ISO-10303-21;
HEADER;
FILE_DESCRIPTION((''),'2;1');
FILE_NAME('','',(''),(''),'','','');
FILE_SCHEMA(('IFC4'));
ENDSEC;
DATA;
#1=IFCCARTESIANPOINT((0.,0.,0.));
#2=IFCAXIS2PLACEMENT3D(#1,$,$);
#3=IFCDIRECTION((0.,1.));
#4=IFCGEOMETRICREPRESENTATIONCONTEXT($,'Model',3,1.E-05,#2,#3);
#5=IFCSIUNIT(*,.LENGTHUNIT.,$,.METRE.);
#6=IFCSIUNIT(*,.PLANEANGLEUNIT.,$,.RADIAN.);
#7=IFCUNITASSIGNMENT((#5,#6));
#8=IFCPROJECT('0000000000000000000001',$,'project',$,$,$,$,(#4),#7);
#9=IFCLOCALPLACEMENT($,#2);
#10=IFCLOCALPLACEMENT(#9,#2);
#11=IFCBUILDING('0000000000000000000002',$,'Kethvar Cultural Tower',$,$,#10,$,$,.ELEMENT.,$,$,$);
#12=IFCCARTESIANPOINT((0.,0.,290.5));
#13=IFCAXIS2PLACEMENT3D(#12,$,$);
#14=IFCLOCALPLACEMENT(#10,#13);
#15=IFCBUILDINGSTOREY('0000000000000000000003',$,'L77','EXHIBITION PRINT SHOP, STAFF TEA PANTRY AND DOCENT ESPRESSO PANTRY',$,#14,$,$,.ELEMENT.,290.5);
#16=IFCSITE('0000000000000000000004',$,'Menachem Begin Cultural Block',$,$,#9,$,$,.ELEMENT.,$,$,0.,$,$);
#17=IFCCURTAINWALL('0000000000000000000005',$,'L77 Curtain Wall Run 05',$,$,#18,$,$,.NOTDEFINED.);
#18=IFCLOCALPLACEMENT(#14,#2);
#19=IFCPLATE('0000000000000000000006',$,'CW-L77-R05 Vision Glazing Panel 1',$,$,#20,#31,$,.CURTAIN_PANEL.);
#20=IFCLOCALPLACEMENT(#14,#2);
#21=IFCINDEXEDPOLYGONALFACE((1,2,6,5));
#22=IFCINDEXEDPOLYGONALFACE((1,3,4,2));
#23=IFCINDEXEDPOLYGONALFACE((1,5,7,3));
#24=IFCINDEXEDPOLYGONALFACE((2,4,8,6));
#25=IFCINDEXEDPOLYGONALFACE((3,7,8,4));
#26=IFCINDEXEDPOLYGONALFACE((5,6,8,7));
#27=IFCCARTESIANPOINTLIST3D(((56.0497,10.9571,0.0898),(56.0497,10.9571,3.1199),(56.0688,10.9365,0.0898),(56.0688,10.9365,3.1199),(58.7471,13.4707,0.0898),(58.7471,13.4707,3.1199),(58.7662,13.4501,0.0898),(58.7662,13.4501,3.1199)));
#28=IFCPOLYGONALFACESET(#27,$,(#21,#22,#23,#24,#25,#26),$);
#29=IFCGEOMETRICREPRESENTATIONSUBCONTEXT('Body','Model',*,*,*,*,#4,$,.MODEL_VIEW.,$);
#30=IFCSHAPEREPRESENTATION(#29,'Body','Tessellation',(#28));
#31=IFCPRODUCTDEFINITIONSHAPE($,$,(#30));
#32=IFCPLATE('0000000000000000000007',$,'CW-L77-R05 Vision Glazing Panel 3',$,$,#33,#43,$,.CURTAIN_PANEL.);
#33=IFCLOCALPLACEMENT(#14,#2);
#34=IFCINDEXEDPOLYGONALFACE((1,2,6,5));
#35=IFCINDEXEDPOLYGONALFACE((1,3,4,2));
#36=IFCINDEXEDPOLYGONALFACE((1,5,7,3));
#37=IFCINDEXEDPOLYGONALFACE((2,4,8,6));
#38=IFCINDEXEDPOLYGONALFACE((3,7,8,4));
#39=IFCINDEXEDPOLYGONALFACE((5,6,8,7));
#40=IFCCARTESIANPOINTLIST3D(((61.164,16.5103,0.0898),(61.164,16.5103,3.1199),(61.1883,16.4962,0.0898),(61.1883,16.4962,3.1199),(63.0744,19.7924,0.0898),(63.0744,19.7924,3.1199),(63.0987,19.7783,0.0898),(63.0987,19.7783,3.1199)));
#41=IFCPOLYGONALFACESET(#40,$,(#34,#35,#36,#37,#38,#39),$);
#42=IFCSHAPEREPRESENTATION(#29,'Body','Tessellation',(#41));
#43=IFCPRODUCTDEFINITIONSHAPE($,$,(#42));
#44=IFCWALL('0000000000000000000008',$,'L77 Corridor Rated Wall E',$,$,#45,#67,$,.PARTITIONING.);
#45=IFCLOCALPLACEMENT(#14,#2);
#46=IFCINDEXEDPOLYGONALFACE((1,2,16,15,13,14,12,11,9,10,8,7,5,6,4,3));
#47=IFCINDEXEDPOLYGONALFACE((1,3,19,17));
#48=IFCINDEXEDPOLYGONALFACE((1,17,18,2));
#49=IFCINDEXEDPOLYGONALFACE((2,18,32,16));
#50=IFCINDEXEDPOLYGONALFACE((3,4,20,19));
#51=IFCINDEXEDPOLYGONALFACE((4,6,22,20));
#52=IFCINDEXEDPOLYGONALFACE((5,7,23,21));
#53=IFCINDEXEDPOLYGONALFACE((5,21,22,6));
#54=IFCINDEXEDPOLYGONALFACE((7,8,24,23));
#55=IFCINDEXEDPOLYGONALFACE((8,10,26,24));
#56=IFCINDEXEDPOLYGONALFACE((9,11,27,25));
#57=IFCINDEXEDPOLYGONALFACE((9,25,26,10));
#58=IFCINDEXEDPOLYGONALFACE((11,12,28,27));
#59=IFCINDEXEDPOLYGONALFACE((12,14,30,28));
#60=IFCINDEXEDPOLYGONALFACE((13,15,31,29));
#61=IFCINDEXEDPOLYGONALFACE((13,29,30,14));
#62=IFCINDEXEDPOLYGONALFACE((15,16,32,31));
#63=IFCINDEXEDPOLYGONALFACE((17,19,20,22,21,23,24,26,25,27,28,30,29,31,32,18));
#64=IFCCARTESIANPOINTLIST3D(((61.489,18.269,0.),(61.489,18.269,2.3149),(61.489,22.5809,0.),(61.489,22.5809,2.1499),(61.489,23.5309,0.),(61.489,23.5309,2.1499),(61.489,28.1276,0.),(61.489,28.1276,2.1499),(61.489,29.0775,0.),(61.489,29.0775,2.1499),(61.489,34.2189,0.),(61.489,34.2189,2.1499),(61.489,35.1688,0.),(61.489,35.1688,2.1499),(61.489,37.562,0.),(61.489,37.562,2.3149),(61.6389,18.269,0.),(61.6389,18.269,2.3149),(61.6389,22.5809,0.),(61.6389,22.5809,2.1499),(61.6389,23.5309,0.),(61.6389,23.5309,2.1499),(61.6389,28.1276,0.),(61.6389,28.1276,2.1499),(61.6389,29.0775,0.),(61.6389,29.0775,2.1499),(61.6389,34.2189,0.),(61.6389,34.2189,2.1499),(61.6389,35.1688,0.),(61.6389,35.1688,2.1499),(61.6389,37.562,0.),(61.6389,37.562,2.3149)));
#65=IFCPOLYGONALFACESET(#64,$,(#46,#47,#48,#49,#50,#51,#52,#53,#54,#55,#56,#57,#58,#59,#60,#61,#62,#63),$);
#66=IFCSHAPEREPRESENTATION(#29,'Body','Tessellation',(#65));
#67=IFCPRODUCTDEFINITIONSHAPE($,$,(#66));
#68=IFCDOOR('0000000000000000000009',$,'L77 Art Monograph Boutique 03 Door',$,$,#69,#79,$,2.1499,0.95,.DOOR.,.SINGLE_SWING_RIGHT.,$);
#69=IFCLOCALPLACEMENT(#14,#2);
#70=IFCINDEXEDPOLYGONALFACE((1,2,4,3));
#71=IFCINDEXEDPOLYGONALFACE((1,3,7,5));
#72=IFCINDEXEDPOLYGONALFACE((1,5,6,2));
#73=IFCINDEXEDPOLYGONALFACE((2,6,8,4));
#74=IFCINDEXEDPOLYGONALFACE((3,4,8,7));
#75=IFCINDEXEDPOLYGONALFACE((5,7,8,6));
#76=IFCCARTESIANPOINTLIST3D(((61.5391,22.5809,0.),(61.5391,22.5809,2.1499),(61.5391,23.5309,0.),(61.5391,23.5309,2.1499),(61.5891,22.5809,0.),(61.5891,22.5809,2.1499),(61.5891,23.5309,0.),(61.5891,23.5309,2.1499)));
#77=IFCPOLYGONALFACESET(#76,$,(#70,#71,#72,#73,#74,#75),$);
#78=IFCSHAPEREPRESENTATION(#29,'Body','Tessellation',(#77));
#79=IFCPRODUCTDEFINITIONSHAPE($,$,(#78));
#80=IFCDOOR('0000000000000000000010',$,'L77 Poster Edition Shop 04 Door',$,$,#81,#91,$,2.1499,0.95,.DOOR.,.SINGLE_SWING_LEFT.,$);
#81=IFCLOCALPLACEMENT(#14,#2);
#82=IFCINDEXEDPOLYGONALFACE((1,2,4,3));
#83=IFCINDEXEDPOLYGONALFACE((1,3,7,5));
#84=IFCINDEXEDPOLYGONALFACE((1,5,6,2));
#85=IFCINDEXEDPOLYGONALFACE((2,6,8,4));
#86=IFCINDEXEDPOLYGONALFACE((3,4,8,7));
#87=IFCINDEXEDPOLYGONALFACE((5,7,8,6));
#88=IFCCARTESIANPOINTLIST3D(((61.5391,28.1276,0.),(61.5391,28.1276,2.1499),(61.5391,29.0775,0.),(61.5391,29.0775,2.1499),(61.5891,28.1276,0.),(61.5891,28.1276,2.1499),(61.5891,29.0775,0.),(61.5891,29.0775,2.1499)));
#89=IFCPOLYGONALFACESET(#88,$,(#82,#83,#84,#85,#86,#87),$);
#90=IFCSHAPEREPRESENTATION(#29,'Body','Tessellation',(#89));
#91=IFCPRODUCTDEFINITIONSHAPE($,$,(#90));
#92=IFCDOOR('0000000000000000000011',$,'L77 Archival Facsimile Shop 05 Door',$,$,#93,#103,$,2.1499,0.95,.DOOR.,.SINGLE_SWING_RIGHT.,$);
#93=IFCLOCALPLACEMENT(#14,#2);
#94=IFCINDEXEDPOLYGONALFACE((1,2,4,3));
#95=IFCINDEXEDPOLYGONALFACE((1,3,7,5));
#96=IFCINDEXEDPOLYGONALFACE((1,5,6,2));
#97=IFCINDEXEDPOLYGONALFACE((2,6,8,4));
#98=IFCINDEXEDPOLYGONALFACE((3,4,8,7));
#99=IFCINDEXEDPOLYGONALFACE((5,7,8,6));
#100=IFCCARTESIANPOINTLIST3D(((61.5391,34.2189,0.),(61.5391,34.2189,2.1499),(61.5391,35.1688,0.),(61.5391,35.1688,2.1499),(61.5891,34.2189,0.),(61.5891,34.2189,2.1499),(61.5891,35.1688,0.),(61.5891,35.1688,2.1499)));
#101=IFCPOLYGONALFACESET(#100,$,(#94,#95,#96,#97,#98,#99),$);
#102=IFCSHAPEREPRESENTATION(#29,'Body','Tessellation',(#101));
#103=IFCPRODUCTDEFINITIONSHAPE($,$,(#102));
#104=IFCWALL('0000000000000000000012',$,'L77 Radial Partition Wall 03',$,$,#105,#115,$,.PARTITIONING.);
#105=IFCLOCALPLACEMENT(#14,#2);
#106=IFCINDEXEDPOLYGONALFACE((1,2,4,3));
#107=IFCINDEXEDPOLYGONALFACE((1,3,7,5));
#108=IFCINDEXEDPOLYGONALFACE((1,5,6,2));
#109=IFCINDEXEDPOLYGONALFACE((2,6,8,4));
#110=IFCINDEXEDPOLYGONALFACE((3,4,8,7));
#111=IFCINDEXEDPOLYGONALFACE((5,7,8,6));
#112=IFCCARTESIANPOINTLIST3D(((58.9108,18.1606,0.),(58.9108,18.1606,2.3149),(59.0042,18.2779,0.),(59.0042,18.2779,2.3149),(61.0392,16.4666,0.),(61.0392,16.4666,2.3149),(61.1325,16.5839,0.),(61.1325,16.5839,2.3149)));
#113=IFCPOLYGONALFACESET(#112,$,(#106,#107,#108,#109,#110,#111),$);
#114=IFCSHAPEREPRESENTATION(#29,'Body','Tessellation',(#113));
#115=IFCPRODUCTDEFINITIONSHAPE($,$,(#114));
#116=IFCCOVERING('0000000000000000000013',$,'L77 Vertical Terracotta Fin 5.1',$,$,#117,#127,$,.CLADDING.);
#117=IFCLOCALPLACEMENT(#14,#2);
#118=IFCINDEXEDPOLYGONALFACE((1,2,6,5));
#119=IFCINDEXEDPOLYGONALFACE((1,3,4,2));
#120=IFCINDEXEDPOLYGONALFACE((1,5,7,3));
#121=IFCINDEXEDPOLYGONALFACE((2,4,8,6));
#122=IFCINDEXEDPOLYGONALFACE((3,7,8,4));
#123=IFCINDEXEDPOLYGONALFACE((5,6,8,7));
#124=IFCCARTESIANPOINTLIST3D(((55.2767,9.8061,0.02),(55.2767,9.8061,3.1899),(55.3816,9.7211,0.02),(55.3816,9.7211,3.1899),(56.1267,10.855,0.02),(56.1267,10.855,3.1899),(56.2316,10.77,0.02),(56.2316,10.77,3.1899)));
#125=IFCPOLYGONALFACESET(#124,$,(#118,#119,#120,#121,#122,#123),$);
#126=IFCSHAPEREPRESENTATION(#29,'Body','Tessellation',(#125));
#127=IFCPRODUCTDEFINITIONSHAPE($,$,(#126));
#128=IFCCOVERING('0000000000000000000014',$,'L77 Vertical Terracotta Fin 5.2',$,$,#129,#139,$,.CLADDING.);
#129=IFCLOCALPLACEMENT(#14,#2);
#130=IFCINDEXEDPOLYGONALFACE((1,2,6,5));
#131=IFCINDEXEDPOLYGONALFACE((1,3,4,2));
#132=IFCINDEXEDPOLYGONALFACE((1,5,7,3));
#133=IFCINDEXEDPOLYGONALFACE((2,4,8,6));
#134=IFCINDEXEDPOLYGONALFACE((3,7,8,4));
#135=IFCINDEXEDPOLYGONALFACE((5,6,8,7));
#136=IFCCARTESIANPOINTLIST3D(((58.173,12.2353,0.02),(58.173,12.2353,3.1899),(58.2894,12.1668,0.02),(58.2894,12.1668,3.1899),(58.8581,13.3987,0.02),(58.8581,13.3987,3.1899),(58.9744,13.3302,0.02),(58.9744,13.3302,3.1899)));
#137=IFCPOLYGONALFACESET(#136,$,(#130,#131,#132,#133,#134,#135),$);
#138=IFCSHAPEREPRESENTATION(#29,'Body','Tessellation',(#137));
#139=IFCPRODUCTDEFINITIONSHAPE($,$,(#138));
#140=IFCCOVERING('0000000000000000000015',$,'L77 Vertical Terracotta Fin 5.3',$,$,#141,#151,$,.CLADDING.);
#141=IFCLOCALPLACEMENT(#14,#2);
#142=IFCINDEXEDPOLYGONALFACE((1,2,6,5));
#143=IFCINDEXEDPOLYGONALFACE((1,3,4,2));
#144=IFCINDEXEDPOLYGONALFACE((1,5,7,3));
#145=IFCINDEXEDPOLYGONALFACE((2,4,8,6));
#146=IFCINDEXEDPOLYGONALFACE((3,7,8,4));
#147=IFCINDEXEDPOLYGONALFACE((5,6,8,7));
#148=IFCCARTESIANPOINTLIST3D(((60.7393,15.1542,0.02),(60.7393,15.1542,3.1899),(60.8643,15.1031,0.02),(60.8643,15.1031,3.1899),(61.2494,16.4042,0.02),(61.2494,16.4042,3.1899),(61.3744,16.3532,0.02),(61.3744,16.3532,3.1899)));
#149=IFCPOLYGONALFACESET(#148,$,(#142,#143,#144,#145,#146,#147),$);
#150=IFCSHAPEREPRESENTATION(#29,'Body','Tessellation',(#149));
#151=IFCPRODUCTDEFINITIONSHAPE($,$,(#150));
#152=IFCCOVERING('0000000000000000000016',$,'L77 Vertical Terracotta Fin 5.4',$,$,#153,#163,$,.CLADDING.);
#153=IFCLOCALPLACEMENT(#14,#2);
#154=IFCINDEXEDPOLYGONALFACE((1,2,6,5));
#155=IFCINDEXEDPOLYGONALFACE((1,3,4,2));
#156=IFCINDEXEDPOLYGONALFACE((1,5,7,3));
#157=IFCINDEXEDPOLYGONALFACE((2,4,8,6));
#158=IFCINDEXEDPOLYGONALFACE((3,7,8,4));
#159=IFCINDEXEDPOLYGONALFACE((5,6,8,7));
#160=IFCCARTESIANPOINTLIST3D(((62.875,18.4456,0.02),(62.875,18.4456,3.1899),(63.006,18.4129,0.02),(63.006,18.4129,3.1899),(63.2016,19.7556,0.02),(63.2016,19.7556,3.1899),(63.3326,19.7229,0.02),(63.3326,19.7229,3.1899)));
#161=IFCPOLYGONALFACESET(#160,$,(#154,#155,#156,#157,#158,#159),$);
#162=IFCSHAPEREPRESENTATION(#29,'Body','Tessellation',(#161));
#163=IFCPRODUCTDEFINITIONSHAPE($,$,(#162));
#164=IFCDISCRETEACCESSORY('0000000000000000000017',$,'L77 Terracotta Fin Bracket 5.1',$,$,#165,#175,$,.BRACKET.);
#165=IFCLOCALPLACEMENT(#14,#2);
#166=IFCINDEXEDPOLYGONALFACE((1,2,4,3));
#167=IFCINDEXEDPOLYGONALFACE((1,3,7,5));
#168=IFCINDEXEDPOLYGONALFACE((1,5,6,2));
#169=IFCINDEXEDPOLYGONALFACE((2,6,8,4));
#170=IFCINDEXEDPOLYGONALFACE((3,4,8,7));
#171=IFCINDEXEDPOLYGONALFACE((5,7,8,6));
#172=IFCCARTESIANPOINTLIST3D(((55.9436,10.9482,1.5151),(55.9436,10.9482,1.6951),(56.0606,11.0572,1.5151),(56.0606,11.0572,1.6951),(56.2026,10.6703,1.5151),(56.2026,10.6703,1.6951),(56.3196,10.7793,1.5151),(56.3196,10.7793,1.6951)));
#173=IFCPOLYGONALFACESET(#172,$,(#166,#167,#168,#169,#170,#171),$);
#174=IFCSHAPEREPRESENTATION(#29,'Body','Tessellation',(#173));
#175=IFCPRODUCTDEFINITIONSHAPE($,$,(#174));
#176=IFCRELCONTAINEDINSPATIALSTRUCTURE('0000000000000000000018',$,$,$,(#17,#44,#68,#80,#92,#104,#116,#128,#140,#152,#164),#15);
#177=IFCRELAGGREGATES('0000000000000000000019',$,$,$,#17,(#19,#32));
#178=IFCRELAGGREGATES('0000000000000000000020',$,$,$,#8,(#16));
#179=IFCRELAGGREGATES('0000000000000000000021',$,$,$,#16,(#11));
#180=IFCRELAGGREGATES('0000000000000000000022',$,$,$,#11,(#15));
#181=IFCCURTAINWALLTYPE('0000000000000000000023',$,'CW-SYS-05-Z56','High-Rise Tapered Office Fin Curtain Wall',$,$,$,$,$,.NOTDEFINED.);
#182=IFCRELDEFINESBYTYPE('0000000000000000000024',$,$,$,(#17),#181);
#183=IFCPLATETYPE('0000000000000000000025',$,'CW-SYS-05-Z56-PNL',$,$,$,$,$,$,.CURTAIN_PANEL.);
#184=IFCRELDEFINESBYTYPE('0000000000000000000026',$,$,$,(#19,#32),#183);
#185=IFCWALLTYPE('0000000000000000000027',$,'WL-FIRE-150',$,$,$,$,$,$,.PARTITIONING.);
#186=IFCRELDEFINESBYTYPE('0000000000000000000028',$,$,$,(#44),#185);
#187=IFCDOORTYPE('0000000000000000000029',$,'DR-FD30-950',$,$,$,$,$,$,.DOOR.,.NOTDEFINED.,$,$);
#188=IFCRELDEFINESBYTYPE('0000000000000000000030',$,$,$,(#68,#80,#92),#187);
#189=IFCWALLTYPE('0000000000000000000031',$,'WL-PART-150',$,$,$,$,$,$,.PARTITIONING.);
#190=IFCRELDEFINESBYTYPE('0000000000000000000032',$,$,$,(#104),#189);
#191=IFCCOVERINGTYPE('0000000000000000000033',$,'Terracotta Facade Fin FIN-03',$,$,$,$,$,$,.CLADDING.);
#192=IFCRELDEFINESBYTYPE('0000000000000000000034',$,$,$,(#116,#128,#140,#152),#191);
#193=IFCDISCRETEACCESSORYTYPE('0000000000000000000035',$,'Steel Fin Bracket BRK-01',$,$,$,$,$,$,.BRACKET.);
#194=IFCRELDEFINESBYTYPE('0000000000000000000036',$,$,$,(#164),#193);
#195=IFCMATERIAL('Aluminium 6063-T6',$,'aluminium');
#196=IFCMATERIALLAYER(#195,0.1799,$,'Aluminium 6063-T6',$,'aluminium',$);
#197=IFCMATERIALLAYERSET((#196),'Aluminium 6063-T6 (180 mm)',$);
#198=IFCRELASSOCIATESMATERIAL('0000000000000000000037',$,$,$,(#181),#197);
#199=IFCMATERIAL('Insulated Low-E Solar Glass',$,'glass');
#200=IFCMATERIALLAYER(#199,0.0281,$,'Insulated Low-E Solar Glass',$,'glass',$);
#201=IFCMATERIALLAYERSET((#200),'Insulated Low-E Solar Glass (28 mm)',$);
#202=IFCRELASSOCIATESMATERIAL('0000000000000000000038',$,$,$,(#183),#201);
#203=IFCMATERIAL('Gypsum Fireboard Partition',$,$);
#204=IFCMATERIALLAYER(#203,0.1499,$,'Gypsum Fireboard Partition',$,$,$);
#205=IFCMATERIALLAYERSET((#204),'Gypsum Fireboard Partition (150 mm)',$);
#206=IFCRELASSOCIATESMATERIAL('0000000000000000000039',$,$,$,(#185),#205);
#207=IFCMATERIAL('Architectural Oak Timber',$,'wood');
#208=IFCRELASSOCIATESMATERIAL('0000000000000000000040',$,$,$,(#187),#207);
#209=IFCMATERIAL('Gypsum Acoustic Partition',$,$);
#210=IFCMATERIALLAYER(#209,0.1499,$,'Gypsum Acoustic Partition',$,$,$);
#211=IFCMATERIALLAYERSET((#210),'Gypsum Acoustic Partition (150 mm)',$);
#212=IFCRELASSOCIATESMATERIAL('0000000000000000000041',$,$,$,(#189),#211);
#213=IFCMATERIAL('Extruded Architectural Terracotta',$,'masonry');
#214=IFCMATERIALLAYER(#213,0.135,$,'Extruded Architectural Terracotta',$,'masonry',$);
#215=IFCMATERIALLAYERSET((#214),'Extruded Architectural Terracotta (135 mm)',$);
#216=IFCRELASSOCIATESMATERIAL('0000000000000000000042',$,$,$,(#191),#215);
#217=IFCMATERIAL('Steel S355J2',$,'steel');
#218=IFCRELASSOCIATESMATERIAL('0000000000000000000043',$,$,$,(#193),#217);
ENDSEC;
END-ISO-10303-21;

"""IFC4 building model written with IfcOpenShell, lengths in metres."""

from ifc_helpers import new_model, si_unit, direction, frame, frame_2d, origin, origin_2d, place, context, subcontext, project, spatial, rectangle, extrude, source, transform, mapped, material, layer, layer_set, type_object, element, fill, aggregate, save


model = new_model("IFC4")

# Units and contexts
model_context = context("Model", 3, precision=1e-05, world=origin(), true_north=direction((0.0, 1.0)))
body_context = subcontext(model_context, "Body", "Model", "MODEL_VIEW")
ifc_project = project(units=[si_unit("LENGTHUNIT", "METRE"), si_unit("PLANEANGLEUNIT", "RADIAN")], contexts=[model_context])

# Site, building, storey
site_placement = place(None, origin())
site = spatial("IfcSite", under=ifc_project, at=site_placement, Name="Menachem Begin Cultural Block", CompositionType="ELEMENT", RefElevation=0.0)
building_placement = place(site_placement, origin())
building = spatial("IfcBuilding", under=site, at=building_placement, Name="Kethvar Cultural Tower", CompositionType="ELEMENT")
storey_placement = place(building_placement, frame((0.0, 0.0, 290.5)))
storey = spatial("IfcBuildingStorey", under=building, at=storey_placement, Name="L77", Description="EXHIBITION PRINT SHOP, STAFF TEA PANTRY AND DOCENT ESPRESSO PANTRY", CompositionType="ELEMENT", Elevation=290.5)

# Shared definitions
ifc_material_1 = material(Name="Steel S355J2", Category="steel")

# Shared definitions
ifc_material_2 = material(Name="Aluminium 6063-T6", Category="aluminium")
ifc_layer_1 = layer(ifc_material_2, 0.1799, Name="Aluminium 6063-T6", Category="aluminium")
ifc_layer_set_1 = layer_set([ifc_layer_1], Name="Aluminium 6063-T6 (180 mm)")
curtain_wall_type = type_object("IfcCurtainWallType", Name="CW-SYS-05-Z56", Description="High-Rise Tapered Office Fin Curtain Wall", PredefinedType="NOTDEFINED", material=ifc_layer_set_1)

# Curtain wall, plates
curtain_wall_1_placement = place(storey_placement, origin())
curtain_wall_1 = element("IfcCurtainWall", 1, at=curtain_wall_1_placement, inside=storey, type_object=curtain_wall_type, Name="L77 Curtain Wall Run 05", PredefinedType="NOTDEFINED")
ifc_material_3 = material(Name="Insulated Low-E Solar Glass", Category="glass")
ifc_layer_2 = layer(ifc_material_3, 0.0281, Name="Insulated Low-E Solar Glass", Category="glass")
ifc_layer_set_2 = layer_set([ifc_layer_2], Name="Insulated Low-E Solar Glass (28 mm)")
plate_type = type_object("IfcPlateType", Name="CW-SYS-05-Z56-PNL", PredefinedType="CURTAIN_PANEL", material=ifc_layer_set_2)
shared_shape_1 = source(origin(), body_context, "Body", "SweptSolid", [
    extrude(rectangle(XDim=3.687, YDim=0.0281, at=origin_2d()), origin(), (0.0, 0.0, 1.0), 3.03),
])
plate_1_placement = place(storey_placement, frame((57.408, 12.2036, 0.0898), z_axis=(0.0, 0.0, 1.0), x_axis=(0.731592, 0.681743, 0.0)))
plate_1 = element("IfcPlate", 2, at=plate_1_placement, type_object=plate_type, Name="CW-L77-R05 Vision Glazing Panel 1", PredefinedType="CURTAIN_PANEL", context=body_context, shape_type="MappedRepresentation", body=[
    mapped(shared_shape_1, transform((0.0, 0.0, 0.0), scale=1.0)),
])
shared_shape_2 = source(origin(), body_context, "Body", "SweptSolid", [
    extrude(rectangle(XDim=3.7976, YDim=0.0281, at=origin_2d()), origin(), (0.0, 0.0, 1.0), 3.03),
])
plate_2_placement = place(storey_placement, frame((62.1313, 18.1443, 0.0898), z_axis=(0.0, 0.0, 1.0), x_axis=(0.503065, 0.864248, 0.0)))
plate_2 = element("IfcPlate", 3, at=plate_2_placement, type_object=plate_type, Name="CW-L77-R05 Vision Glazing Panel 3", PredefinedType="CURTAIN_PANEL", context=body_context, shape_type="MappedRepresentation", body=[
    mapped(shared_shape_2, transform((0.0, 0.0, 0.0), scale=1.0)),
])
aggregate(curtain_wall_1, [plate_1, plate_2])

# Wall, openings, doors
ifc_material_4 = material(Name="Gypsum Fireboard Partition")
ifc_layer_3 = layer(ifc_material_4, 0.1499, Name="Gypsum Fireboard Partition")
ifc_layer_set_3 = layer_set([ifc_layer_3], Name="Gypsum Fireboard Partition (150 mm)")
wall_type_1 = type_object("IfcWallType", Name="WL-FIRE-150", PredefinedType="PARTITIONING", material=ifc_layer_set_3)
wall_1_placement = place(storey_placement, frame((61.564, 18.269, 0.0), z_axis=(0.0, 0.0, 1.0), x_axis=(0.0, 1.0, 0.0)))
wall_1 = element("IfcWall", 4, at=wall_1_placement, inside=storey, type_object=wall_type_1, Name="L77 Corridor Rated Wall E", PredefinedType="PARTITIONING", context=body_context, shape_type="SweptSolid", body=[
    extrude(rectangle(XDim=19.293, YDim=0.1499, at=frame_2d((9.6465, 0.0))), origin(), (0.0, 0.0, 1.0), 2.3149),
])
opening_1_placement = place(wall_1_placement, frame((4.3118, 0.0, 0.0)))
opening_1 = element("IfcOpeningElement", 5, at=opening_1_placement, cuts=wall_1, PredefinedType="OPENING", context=body_context, shape_type="SweptSolid", body=[
    extrude(rectangle(XDim=0.95, YDim=2.1499, at=frame_2d((0.4751, 1.075))), frame((0.0, 0.085, 0.0), z_axis=(0.0, -1.0, 0.0), x_axis=(1.0, 0.0, 0.0)), (0.0, 0.0, 1.0), 0.1699),
])
opening_2_placement = place(wall_1_placement, frame((9.8584, 0.0, 0.0)))
opening_2 = element("IfcOpeningElement", 6, at=opening_2_placement, cuts=wall_1, PredefinedType="OPENING", context=body_context, shape_type="SweptSolid", body=[
    extrude(rectangle(XDim=0.95, YDim=2.1499, at=frame_2d((0.4751, 1.075))), frame((0.0, 0.085, 0.0), z_axis=(0.0, -1.0, 0.0), x_axis=(1.0, 0.0, 0.0)), (0.0, 0.0, 1.0), 0.1699),
])
opening_3_placement = place(wall_1_placement, frame((15.9497, 0.0, 0.0)))
opening_3 = element("IfcOpeningElement", 7, at=opening_3_placement, cuts=wall_1, PredefinedType="OPENING", context=body_context, shape_type="SweptSolid", body=[
    extrude(rectangle(XDim=0.95, YDim=2.1499, at=frame_2d((0.4751, 1.075))), frame((0.0, 0.085, 0.0), z_axis=(0.0, -1.0, 0.0), x_axis=(1.0, 0.0, 0.0)), (0.0, 0.0, 1.0), 0.1699),
])
ifc_material_5 = material(Name="Architectural Oak Timber", Category="wood")
door_type = type_object("IfcDoorType", Name="DR-FD30-950", OperationType="NOTDEFINED", PredefinedType="DOOR", material=ifc_material_5)
shared_shape_3 = source(origin(), body_context, "Body", "SweptSolid", [
    extrude(rectangle(XDim=0.95, YDim=2.1499, at=frame_2d((0.4751, 1.075))), frame((0.0, 0.0249, 0.0), z_axis=(0.0, -1.0, 0.0), x_axis=(1.0, 0.0, 0.0)), (0.0, 0.0, 1.0), 0.05),
])
door_1_placement = place(opening_1_placement, origin())
door_1 = element("IfcDoor", 8, at=door_1_placement, inside=storey, type_object=door_type, Name="L77 Art Monograph Boutique 03 Door", OperationType="SINGLE_SWING_RIGHT", OverallHeight=2.1499, OverallWidth=0.95, PredefinedType="DOOR", context=body_context, shape_type="MappedRepresentation", body=[
    mapped(shared_shape_3, transform((0.0, 0.0, 0.0), scale=1.0)),
])
fill(opening_1, door_1)
door_2_placement = place(opening_2_placement, origin())
door_2 = element("IfcDoor", 9, at=door_2_placement, inside=storey, type_object=door_type, Name="L77 Poster Edition Shop 04 Door", OperationType="SINGLE_SWING_LEFT", OverallHeight=2.1499, OverallWidth=0.95, PredefinedType="DOOR", context=body_context, shape_type="MappedRepresentation", body=[
    mapped(shared_shape_3, transform((0.0, 0.0, 0.0), scale=1.0)),
])
fill(opening_2, door_2)
door_3_placement = place(opening_3_placement, origin())
door_3 = element("IfcDoor", 10, at=door_3_placement, inside=storey, type_object=door_type, Name="L77 Archival Facsimile Shop 05 Door", OperationType="SINGLE_SWING_RIGHT", OverallHeight=2.1499, OverallWidth=0.95, PredefinedType="DOOR", context=body_context, shape_type="MappedRepresentation", body=[
    mapped(shared_shape_3, transform((0.0, 0.0, 0.0), scale=1.0)),
])
fill(opening_3, door_3)

# Wall
ifc_material_6 = material(Name="Gypsum Acoustic Partition")
ifc_layer_4 = layer(ifc_material_6, 0.1499, Name="Gypsum Acoustic Partition")
ifc_layer_set_4 = layer_set([ifc_layer_4], Name="Gypsum Acoustic Partition (150 mm)")
wall_type_2 = type_object("IfcWallType", Name="WL-PART-150", PredefinedType="PARTITIONING", material=ifc_layer_set_4)
wall_2_placement = place(storey_placement, frame((58.9575, 18.2192, 0.0), z_axis=(0.0, 0.0, 1.0), x_axis=(0.782416, -0.622756, 0.0)))
element("IfcWall", 11, at=wall_2_placement, inside=storey, type_object=wall_type_2, Name="L77 Radial Partition Wall 03", PredefinedType="PARTITIONING", context=body_context, shape_type="SweptSolid", body=[
    extrude(rectangle(XDim=2.7202, YDim=0.1499, at=frame_2d((1.3601, 0.0))), origin(), (0.0, 0.0, 1.0), 2.3149),
])

# Coverings
ifc_material_7 = material(Name="Extruded Architectural Terracotta", Category="masonry")
ifc_layer_5 = layer(ifc_material_7, 0.135, Name="Extruded Architectural Terracotta", Category="masonry")
ifc_layer_set_5 = layer_set([ifc_layer_5], Name="Extruded Architectural Terracotta (135 mm)")
covering_type = type_object("IfcCoveringType", Name="Terracotta Facade Fin FIN-03", PredefinedType="CLADDING", material=ifc_layer_set_5)
shared_shape_4 = source(origin(), body_context, "Body", "SweptSolid", [
    extrude(rectangle(XDim=1.3501, YDim=0.135, at=origin_2d()), origin(), (0.0, 0.0, 1.0), 3.1699),
])
for number, where, z_axis, x_axis, name in (
    (12, (55.7542, 10.2881, 0.02), (0.0, 0.0, 1.0), (-0.629592, -0.776926, 0.0), "L77 Vertical Terracotta Fin 5.1"),
    (13, (58.5737, 12.7827, 0.02), (0.0, 0.0, 1.0), (-0.507388, -0.861718, 0.0), "L77 Vertical Terracotta Fin 5.2"),
    (14, (61.0569, 15.7537, 0.02), (0.0, 0.0, 1.0), (-0.377841, -0.925871, 0.0), "L77 Vertical Terracotta Fin 5.3"),
    (15, (63.1038, 19.0842, 0.02), (0.0, 0.0, 1.0), (-0.241922, -0.970296, 0.0), "L77 Vertical Terracotta Fin 5.4"),
):
    element("IfcCovering", number, at=place(storey_placement, frame(where, z_axis=z_axis, x_axis=x_axis)), inside=storey, type_object=covering_type, Name=name, PredefinedType="CLADDING", context=body_context, shape_type="MappedRepresentation", body=[
        mapped(shared_shape_4, transform((0.0, 0.0, 0.0), scale=1.0)),
    ])

# Discrete accessory
discrete_accessory_type = type_object("IfcDiscreteAccessoryType", Name="Steel Fin Bracket BRK-01", PredefinedType="BRACKET", material=ifc_material_1)
shared_shape_5 = source(origin(), body_context, "Body", "SweptSolid", [
    extrude(rectangle(XDim=0.3799, YDim=0.1599, at=origin_2d()), origin(), (0.0, 0.0, 1.0), 0.1799),
])
for number, where, z_axis, x_axis, name in (
    (16, (56.1316, 10.8638, 1.5151), (0.0, 0.0, 1.0), (0.681743, -0.731592, 0.0), "L77 Terracotta Fin Bracket 5.1"),
):
    element("IfcDiscreteAccessory", number, at=place(storey_placement, frame(where, z_axis=z_axis, x_axis=x_axis)), inside=storey, type_object=discrete_accessory_type, Name=name, PredefinedType="BRACKET", context=body_context, shape_type="MappedRepresentation", body=[
        mapped(shared_shape_5, transform((0.0, 0.0, 0.0), scale=1.0)),
    ])

save(model, "model.ifc")
